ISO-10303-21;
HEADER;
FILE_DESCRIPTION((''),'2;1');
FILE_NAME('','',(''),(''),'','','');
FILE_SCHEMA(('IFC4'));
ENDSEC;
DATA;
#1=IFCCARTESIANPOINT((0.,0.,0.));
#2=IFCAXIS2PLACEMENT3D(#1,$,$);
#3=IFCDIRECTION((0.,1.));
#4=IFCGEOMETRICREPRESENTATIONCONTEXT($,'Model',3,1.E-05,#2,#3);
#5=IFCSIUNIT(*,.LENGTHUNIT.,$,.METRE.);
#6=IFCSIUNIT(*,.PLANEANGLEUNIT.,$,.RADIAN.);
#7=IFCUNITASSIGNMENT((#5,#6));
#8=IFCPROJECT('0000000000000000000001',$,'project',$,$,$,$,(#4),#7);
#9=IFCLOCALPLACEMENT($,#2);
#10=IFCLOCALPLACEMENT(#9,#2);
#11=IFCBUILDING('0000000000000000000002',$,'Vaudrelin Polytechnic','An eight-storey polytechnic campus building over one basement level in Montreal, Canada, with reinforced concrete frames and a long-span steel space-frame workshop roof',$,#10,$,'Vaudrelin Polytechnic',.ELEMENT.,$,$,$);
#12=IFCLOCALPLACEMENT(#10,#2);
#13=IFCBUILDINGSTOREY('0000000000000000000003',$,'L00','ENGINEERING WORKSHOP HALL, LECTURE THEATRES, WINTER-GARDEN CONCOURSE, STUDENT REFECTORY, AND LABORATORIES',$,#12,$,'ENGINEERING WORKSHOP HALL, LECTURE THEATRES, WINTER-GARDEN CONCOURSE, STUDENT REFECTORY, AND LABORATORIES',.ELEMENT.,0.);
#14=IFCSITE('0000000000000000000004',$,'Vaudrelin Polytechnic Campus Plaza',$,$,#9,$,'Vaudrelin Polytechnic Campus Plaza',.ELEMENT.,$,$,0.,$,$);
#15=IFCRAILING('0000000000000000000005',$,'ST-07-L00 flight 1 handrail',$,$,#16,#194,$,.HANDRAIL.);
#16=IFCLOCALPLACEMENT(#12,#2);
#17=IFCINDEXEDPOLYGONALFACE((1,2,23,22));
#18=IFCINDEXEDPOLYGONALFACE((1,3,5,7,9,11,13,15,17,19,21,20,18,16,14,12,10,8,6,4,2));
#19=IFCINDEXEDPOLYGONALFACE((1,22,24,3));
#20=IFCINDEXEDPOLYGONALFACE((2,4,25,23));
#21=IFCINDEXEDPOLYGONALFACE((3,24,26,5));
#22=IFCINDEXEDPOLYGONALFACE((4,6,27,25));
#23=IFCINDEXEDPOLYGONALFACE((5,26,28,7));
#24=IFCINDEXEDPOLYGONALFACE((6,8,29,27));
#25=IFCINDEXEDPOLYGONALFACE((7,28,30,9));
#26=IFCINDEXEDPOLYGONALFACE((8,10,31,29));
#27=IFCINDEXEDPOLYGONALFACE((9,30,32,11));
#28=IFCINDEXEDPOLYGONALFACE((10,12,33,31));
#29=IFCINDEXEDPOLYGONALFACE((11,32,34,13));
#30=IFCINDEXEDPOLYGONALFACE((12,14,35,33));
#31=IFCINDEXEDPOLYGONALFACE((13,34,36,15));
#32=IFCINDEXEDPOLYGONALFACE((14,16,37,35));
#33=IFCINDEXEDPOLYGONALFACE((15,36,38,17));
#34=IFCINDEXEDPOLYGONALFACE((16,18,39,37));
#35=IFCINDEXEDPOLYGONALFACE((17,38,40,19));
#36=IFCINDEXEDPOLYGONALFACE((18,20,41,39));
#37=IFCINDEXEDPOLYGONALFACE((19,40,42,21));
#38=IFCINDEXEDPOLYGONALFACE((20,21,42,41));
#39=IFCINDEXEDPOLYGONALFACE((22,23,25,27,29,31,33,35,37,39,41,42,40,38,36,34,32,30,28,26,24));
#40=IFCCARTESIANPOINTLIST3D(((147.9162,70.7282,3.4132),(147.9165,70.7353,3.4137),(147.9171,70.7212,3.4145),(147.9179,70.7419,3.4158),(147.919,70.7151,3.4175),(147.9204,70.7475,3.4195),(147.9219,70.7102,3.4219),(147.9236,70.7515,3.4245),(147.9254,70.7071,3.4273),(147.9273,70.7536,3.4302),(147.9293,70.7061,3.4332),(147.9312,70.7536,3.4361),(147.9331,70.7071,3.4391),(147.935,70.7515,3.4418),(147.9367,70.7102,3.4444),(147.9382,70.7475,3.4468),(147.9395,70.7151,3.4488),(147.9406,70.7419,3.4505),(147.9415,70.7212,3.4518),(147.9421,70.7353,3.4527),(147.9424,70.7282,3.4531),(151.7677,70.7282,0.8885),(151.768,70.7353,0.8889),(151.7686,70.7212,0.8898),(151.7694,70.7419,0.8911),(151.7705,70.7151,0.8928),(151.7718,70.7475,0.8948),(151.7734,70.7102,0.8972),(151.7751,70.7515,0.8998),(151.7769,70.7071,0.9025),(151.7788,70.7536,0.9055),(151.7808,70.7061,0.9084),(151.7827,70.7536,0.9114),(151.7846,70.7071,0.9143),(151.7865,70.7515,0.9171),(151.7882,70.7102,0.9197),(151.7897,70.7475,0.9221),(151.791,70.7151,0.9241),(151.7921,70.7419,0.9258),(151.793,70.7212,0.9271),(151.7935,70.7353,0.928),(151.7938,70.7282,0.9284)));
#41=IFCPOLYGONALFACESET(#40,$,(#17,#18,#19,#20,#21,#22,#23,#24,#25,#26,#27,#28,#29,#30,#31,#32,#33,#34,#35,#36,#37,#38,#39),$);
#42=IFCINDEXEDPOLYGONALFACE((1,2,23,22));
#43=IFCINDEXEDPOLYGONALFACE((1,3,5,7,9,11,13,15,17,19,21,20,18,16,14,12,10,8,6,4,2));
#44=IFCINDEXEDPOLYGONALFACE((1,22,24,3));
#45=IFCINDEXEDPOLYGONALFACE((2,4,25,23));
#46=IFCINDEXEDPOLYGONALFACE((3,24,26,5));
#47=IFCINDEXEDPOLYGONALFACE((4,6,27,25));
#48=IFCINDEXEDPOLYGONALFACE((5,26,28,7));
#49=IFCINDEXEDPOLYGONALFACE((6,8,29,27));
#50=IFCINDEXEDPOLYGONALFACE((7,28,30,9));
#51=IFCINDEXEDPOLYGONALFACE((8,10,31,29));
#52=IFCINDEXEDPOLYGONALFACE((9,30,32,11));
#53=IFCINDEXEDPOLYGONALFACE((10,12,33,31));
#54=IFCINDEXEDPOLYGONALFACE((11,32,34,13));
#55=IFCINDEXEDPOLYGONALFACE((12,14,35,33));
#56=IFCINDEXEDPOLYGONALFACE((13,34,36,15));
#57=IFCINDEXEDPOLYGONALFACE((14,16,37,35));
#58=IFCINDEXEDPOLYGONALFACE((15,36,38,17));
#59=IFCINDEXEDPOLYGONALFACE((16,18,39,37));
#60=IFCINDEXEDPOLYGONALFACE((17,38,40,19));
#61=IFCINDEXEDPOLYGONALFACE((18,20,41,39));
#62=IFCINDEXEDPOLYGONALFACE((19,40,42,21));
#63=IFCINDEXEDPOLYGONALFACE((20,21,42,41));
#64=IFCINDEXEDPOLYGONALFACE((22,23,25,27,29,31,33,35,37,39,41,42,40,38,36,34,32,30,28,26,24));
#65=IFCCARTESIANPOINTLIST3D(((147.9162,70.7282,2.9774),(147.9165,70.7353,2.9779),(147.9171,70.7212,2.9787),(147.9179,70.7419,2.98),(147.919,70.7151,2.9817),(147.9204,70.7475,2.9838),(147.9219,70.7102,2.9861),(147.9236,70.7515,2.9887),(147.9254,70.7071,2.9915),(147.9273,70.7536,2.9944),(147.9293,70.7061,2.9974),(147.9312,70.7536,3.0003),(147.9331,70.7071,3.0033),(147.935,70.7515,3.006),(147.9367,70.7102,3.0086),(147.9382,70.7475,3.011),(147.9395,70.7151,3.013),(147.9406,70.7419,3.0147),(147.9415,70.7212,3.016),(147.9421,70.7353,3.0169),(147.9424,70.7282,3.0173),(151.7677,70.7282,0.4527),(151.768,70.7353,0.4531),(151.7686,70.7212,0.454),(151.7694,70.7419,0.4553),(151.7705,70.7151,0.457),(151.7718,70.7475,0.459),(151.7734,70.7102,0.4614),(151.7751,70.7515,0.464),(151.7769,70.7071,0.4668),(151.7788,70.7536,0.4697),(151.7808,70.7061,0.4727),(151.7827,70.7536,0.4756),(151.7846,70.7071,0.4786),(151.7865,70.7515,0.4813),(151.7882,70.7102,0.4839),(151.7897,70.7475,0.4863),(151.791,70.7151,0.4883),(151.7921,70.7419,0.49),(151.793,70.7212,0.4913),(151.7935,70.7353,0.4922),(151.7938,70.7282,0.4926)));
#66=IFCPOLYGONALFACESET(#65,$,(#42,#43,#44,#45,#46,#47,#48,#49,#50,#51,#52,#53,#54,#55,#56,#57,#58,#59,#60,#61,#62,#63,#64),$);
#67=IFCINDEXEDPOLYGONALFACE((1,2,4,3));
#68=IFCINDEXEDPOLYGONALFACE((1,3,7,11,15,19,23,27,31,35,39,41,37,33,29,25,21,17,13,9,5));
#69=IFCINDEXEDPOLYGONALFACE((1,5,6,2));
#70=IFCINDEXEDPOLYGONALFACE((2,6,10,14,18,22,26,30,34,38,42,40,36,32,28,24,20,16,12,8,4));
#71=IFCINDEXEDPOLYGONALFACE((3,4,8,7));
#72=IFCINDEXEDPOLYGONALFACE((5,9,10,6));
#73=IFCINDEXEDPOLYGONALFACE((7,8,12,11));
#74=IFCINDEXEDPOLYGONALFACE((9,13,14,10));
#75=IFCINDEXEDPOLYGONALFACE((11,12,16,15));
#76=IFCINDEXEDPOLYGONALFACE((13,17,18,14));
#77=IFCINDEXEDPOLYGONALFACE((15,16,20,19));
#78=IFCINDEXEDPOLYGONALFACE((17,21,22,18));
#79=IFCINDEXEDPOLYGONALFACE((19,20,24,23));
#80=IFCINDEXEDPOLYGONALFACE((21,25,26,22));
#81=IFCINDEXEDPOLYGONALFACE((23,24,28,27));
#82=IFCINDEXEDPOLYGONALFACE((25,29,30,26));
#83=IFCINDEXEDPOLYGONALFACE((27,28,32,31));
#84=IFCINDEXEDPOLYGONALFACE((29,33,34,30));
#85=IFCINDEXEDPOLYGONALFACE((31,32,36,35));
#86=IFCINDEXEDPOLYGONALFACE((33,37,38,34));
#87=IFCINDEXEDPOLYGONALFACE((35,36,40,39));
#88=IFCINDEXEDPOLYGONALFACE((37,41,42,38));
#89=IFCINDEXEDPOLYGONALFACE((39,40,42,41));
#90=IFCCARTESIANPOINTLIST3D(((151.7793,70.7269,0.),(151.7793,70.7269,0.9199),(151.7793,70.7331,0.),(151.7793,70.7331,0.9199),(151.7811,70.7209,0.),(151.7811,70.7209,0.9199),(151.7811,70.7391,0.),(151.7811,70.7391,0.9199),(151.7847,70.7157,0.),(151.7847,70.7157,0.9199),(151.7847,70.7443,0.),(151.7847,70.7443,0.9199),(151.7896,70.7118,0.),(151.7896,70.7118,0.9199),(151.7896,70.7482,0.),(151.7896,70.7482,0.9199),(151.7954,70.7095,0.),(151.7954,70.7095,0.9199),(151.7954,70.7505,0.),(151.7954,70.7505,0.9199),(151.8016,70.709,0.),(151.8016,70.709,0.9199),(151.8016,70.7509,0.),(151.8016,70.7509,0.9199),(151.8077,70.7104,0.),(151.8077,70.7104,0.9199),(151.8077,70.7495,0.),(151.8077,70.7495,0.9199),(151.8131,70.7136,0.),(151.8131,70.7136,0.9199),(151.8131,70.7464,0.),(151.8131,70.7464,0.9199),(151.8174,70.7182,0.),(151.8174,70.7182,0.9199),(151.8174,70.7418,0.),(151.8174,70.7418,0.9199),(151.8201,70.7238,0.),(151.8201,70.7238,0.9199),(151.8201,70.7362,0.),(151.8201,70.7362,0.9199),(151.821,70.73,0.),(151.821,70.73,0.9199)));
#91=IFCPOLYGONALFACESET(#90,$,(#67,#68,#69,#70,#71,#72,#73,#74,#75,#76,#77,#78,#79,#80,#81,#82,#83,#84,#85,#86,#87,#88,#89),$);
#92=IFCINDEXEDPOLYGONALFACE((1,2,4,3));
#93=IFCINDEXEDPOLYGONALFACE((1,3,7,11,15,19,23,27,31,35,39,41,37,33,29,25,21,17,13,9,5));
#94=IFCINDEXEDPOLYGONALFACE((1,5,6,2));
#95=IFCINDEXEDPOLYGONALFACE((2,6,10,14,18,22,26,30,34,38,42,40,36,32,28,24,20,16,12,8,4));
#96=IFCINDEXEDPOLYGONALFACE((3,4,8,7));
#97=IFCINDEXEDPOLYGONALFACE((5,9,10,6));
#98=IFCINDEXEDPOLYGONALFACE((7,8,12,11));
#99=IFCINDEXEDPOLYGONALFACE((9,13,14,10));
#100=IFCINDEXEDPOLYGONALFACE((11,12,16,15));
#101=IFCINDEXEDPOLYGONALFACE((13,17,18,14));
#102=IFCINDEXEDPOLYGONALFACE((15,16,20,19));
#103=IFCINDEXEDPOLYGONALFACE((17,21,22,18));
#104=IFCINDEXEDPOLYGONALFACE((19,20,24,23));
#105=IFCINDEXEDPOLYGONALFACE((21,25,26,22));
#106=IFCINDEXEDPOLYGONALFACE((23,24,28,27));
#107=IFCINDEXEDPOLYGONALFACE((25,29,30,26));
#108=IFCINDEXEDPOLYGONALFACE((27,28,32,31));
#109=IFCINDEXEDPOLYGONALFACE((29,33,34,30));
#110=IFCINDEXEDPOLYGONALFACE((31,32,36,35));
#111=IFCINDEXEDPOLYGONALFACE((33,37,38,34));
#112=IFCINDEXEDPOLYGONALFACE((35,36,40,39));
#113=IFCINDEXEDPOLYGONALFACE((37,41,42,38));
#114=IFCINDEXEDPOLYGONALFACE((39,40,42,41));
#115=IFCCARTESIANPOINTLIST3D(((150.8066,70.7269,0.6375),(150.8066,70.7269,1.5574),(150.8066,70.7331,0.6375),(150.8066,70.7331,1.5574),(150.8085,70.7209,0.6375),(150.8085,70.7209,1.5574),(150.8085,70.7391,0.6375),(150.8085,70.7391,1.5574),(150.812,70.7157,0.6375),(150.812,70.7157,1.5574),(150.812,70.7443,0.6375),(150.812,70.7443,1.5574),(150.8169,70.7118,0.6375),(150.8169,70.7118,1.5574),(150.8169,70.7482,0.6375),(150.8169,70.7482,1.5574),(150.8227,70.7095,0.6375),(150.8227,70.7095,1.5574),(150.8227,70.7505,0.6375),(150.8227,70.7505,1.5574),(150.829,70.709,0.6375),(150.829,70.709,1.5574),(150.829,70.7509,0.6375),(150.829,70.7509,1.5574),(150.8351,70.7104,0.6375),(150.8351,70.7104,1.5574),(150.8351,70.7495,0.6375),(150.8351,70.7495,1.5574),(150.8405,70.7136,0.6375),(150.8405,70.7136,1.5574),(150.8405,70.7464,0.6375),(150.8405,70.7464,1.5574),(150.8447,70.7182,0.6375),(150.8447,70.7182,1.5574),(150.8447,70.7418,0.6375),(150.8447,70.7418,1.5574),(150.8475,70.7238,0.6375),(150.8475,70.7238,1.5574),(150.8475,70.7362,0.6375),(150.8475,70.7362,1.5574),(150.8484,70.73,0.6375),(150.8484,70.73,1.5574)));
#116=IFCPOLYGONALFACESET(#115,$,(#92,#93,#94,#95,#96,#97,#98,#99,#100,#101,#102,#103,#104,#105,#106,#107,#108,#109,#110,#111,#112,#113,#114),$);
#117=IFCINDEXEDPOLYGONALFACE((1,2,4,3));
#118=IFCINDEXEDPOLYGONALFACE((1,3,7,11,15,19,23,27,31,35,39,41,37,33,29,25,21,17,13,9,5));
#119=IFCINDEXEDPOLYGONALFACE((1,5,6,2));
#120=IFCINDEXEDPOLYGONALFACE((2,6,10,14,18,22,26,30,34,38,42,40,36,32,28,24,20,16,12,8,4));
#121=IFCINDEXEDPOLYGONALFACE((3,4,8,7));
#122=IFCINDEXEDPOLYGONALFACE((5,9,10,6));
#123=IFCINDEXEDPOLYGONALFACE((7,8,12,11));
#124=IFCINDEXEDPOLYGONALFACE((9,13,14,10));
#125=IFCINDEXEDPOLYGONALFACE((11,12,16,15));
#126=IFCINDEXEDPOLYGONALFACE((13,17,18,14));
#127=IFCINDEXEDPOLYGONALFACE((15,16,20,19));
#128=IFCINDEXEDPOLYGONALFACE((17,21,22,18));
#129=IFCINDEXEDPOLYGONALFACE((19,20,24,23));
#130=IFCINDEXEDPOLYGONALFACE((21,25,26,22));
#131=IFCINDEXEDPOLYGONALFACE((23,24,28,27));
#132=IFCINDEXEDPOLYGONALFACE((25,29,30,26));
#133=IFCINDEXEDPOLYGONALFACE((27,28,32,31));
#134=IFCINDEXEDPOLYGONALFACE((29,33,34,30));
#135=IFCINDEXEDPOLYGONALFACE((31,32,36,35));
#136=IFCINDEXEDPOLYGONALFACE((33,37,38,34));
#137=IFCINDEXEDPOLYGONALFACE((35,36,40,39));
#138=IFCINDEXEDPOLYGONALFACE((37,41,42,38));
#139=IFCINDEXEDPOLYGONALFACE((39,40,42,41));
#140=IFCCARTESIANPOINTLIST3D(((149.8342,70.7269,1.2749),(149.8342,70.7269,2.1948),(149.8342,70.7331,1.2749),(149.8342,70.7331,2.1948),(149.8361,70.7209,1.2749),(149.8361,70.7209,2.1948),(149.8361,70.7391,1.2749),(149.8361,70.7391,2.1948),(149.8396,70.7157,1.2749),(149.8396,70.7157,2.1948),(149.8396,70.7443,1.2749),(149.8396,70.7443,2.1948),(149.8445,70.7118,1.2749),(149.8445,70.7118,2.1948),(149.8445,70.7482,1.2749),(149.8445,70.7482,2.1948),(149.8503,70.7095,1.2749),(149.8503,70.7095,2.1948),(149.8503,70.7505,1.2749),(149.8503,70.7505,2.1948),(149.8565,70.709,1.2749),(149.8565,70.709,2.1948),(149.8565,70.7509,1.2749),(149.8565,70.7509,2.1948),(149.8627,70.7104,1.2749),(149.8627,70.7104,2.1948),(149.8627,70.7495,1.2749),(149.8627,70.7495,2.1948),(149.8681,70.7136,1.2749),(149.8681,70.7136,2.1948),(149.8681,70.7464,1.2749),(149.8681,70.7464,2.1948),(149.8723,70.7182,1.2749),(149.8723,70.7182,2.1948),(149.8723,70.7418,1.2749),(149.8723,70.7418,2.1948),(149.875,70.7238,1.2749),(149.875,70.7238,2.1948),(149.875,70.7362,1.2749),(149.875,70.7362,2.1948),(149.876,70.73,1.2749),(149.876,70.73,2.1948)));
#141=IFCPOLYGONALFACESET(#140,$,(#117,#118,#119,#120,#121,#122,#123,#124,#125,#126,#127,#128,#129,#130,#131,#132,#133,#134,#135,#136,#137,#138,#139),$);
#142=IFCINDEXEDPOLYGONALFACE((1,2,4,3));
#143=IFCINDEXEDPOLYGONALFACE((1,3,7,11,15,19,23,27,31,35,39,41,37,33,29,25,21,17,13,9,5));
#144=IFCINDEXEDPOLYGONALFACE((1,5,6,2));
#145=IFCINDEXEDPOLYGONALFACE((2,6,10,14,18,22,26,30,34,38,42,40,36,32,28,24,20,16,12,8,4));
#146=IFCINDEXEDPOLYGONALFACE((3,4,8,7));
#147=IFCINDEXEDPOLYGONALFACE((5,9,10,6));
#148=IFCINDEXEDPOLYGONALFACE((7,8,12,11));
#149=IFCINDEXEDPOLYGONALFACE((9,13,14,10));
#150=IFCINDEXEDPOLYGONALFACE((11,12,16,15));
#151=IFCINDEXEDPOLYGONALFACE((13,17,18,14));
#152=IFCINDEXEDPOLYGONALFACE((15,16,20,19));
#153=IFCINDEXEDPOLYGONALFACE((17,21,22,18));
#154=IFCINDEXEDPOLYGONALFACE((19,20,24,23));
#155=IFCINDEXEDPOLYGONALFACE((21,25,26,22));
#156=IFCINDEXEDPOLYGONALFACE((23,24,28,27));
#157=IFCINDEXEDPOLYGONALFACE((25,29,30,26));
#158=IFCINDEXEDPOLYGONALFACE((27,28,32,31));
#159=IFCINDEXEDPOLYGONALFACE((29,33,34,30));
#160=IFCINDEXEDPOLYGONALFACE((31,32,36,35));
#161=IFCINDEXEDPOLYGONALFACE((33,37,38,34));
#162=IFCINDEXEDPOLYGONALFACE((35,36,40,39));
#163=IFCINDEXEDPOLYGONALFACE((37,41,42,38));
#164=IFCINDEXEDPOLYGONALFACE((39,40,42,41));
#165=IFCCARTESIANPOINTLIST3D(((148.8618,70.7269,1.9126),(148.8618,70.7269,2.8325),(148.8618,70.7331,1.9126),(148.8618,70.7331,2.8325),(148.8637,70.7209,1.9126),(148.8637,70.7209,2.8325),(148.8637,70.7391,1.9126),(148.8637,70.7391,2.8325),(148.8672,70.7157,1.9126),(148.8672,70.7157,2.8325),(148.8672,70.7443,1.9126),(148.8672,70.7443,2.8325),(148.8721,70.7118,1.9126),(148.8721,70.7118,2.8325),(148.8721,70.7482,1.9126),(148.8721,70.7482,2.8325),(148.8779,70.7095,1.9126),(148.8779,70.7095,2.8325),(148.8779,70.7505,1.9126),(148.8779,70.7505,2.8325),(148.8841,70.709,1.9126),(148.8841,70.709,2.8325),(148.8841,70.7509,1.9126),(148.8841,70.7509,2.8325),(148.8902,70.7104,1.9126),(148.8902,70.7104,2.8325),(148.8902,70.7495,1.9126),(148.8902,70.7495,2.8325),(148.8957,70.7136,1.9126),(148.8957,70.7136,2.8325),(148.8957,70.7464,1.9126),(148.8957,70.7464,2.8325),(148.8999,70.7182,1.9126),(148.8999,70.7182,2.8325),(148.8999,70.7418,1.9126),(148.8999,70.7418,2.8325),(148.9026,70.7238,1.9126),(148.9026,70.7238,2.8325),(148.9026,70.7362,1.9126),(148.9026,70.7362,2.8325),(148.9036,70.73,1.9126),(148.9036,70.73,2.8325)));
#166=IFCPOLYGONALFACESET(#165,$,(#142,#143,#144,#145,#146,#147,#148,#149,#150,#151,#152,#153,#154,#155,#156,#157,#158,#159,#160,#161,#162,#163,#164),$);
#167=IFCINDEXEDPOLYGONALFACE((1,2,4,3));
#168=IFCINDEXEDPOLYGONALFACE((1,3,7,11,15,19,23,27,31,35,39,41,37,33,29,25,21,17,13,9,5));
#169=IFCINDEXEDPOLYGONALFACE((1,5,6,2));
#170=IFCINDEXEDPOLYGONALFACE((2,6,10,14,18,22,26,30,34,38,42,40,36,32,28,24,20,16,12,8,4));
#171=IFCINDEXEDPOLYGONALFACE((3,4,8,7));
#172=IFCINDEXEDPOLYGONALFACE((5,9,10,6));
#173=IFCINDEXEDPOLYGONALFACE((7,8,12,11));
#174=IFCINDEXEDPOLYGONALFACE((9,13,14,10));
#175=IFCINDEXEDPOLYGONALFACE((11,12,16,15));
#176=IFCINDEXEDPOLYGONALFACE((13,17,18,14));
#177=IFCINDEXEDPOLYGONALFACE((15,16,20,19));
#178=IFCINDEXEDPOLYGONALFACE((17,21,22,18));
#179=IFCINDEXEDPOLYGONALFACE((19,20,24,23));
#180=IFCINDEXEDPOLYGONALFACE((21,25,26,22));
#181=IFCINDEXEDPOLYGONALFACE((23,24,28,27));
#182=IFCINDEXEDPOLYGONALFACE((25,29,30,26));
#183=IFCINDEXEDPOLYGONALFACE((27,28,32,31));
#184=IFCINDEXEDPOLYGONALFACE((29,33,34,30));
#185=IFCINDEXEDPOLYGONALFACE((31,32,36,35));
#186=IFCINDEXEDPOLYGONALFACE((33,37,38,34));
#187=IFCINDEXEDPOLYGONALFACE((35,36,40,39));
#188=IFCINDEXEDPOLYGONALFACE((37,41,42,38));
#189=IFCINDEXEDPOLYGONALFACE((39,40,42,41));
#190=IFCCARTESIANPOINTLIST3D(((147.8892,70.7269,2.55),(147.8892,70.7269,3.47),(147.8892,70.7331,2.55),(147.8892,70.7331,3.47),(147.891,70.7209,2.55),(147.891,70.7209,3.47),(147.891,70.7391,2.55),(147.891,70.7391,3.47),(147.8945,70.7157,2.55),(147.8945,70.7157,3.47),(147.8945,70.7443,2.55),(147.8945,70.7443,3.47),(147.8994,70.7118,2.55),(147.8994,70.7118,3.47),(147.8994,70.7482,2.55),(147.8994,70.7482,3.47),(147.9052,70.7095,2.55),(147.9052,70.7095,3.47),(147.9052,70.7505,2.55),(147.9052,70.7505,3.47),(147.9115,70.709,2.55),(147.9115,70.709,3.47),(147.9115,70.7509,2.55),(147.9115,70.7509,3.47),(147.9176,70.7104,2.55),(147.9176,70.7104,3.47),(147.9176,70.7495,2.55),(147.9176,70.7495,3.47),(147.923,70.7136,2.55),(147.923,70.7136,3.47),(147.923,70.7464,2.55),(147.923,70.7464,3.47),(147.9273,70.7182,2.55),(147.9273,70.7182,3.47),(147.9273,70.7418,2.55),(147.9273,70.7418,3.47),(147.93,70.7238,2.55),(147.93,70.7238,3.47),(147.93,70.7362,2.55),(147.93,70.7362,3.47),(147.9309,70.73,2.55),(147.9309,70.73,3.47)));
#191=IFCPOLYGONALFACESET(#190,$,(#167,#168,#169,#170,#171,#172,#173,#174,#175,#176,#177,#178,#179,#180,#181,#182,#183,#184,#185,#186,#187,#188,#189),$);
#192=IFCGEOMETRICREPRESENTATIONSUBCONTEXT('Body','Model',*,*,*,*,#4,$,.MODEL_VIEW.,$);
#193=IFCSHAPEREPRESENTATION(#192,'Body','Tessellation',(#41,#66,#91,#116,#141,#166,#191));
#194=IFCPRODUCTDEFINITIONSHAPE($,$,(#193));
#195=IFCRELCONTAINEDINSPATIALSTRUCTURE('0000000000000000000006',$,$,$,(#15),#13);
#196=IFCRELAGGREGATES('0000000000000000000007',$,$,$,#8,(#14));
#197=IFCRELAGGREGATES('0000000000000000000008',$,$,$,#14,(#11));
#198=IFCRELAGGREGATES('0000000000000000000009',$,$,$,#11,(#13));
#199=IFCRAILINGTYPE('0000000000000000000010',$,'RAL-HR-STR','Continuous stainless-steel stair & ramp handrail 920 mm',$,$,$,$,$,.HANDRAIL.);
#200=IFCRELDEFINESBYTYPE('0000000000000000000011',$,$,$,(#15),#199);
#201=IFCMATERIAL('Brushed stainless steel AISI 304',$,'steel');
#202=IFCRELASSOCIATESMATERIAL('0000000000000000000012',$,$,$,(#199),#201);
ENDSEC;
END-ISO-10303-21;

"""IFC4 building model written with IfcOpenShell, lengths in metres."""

from ifc_helpers import new_model, si_unit, direction, frame, origin, origin_2d, place, context, subcontext, project, spatial, circle, extrude, material, type_object, element, save


model = new_model("IFC4")

# Units and contexts
model_context = context("Model", 3, precision=1e-05, world=origin(), true_north=direction((0.0, 1.0)))
body_context = subcontext(model_context, "Body", "Model", "MODEL_VIEW")
ifc_project = project(units=[si_unit("LENGTHUNIT", "METRE"), si_unit("PLANEANGLEUNIT", "RADIAN")], contexts=[model_context])

# Site, building, storey
site_placement = place(None, origin())
site = spatial("IfcSite", under=ifc_project, at=site_placement, Name="Vaudrelin Polytechnic Campus Plaza", LongName="Vaudrelin Polytechnic Campus Plaza", CompositionType="ELEMENT", RefElevation=0.0)
building_placement = place(site_placement, origin())
building = spatial("IfcBuilding", under=site, at=building_placement, Name="Vaudrelin Polytechnic", Description="An eight-storey polytechnic campus building over one basement level in Montreal, Canada, with reinforced concrete frames and a long-span steel space-frame workshop roof", LongName="Vaudrelin Polytechnic", CompositionType="ELEMENT")
storey_placement = place(building_placement, origin())
storey = spatial("IfcBuildingStorey", under=building, at=storey_placement, Name="L00", Description="ENGINEERING WORKSHOP HALL, LECTURE THEATRES, WINTER-GARDEN CONCOURSE, STUDENT REFECTORY, AND LABORATORIES", LongName="ENGINEERING WORKSHOP HALL, LECTURE THEATRES, WINTER-GARDEN CONCOURSE, STUDENT REFECTORY, AND LABORATORIES", CompositionType="ELEMENT", Elevation=0.0)

# Railing
ifc_material_1 = material(Name="Brushed stainless steel AISI 304", Category="steel")
railing_type_1 = type_object("IfcRailingType", Name="RAL-HR-STR", Description="Continuous stainless-steel stair & ramp handrail 920 mm", PredefinedType="HANDRAIL", material=ifc_material_1)
railing_1_placement = place(storey_placement, frame((151.8, 70.73, 0.0)))
element("IfcRailing", 1, at=railing_1_placement, inside=storey, type_object=railing_type_1, Name="ST-07-L00 flight 1 handrail", PredefinedType="HANDRAIL", context=body_context, shape_type="SweptSolid", body=[
    extrude(circle(Radius=0.0239, at=origin_2d()), frame((-0.0193, 0.0, 0.9084), z_axis=(-0.836329, 0.0, 0.548228), x_axis=(0.0, -1.0, 0.0)), (0.0, 0.0, 1.0), 4.6052),
    extrude(circle(Radius=0.0239, at=origin_2d()), frame((-0.0193, 0.0, 0.4727), z_axis=(-0.836329, 0.0, 0.548228), x_axis=(0.0, -1.0, 0.0)), (0.0, 0.0, 1.0), 4.6052),
    extrude(circle(Radius=0.021, at=origin_2d()), origin(), (0.0, 0.0, 1.0), 0.9199),
    extrude(circle(Radius=0.021, at=origin_2d()), frame((-0.9727, 0.0, 0.6375)), (0.0, 0.0, 1.0), 0.9199),
    extrude(circle(Radius=0.021, at=origin_2d()), frame((-1.9451, 0.0, 1.2749)), (0.0, 0.0, 1.0), 0.9199),
    extrude(circle(Radius=0.021, at=origin_2d()), frame((-2.9175, 0.0, 1.9126)), (0.0, 0.0, 1.0), 0.9199),
    extrude(circle(Radius=0.021, at=origin_2d()), frame((-3.8901, 0.0, 2.55)), (0.0, 0.0, 1.0), 0.9199),
])

save(model, "model.ifc")
